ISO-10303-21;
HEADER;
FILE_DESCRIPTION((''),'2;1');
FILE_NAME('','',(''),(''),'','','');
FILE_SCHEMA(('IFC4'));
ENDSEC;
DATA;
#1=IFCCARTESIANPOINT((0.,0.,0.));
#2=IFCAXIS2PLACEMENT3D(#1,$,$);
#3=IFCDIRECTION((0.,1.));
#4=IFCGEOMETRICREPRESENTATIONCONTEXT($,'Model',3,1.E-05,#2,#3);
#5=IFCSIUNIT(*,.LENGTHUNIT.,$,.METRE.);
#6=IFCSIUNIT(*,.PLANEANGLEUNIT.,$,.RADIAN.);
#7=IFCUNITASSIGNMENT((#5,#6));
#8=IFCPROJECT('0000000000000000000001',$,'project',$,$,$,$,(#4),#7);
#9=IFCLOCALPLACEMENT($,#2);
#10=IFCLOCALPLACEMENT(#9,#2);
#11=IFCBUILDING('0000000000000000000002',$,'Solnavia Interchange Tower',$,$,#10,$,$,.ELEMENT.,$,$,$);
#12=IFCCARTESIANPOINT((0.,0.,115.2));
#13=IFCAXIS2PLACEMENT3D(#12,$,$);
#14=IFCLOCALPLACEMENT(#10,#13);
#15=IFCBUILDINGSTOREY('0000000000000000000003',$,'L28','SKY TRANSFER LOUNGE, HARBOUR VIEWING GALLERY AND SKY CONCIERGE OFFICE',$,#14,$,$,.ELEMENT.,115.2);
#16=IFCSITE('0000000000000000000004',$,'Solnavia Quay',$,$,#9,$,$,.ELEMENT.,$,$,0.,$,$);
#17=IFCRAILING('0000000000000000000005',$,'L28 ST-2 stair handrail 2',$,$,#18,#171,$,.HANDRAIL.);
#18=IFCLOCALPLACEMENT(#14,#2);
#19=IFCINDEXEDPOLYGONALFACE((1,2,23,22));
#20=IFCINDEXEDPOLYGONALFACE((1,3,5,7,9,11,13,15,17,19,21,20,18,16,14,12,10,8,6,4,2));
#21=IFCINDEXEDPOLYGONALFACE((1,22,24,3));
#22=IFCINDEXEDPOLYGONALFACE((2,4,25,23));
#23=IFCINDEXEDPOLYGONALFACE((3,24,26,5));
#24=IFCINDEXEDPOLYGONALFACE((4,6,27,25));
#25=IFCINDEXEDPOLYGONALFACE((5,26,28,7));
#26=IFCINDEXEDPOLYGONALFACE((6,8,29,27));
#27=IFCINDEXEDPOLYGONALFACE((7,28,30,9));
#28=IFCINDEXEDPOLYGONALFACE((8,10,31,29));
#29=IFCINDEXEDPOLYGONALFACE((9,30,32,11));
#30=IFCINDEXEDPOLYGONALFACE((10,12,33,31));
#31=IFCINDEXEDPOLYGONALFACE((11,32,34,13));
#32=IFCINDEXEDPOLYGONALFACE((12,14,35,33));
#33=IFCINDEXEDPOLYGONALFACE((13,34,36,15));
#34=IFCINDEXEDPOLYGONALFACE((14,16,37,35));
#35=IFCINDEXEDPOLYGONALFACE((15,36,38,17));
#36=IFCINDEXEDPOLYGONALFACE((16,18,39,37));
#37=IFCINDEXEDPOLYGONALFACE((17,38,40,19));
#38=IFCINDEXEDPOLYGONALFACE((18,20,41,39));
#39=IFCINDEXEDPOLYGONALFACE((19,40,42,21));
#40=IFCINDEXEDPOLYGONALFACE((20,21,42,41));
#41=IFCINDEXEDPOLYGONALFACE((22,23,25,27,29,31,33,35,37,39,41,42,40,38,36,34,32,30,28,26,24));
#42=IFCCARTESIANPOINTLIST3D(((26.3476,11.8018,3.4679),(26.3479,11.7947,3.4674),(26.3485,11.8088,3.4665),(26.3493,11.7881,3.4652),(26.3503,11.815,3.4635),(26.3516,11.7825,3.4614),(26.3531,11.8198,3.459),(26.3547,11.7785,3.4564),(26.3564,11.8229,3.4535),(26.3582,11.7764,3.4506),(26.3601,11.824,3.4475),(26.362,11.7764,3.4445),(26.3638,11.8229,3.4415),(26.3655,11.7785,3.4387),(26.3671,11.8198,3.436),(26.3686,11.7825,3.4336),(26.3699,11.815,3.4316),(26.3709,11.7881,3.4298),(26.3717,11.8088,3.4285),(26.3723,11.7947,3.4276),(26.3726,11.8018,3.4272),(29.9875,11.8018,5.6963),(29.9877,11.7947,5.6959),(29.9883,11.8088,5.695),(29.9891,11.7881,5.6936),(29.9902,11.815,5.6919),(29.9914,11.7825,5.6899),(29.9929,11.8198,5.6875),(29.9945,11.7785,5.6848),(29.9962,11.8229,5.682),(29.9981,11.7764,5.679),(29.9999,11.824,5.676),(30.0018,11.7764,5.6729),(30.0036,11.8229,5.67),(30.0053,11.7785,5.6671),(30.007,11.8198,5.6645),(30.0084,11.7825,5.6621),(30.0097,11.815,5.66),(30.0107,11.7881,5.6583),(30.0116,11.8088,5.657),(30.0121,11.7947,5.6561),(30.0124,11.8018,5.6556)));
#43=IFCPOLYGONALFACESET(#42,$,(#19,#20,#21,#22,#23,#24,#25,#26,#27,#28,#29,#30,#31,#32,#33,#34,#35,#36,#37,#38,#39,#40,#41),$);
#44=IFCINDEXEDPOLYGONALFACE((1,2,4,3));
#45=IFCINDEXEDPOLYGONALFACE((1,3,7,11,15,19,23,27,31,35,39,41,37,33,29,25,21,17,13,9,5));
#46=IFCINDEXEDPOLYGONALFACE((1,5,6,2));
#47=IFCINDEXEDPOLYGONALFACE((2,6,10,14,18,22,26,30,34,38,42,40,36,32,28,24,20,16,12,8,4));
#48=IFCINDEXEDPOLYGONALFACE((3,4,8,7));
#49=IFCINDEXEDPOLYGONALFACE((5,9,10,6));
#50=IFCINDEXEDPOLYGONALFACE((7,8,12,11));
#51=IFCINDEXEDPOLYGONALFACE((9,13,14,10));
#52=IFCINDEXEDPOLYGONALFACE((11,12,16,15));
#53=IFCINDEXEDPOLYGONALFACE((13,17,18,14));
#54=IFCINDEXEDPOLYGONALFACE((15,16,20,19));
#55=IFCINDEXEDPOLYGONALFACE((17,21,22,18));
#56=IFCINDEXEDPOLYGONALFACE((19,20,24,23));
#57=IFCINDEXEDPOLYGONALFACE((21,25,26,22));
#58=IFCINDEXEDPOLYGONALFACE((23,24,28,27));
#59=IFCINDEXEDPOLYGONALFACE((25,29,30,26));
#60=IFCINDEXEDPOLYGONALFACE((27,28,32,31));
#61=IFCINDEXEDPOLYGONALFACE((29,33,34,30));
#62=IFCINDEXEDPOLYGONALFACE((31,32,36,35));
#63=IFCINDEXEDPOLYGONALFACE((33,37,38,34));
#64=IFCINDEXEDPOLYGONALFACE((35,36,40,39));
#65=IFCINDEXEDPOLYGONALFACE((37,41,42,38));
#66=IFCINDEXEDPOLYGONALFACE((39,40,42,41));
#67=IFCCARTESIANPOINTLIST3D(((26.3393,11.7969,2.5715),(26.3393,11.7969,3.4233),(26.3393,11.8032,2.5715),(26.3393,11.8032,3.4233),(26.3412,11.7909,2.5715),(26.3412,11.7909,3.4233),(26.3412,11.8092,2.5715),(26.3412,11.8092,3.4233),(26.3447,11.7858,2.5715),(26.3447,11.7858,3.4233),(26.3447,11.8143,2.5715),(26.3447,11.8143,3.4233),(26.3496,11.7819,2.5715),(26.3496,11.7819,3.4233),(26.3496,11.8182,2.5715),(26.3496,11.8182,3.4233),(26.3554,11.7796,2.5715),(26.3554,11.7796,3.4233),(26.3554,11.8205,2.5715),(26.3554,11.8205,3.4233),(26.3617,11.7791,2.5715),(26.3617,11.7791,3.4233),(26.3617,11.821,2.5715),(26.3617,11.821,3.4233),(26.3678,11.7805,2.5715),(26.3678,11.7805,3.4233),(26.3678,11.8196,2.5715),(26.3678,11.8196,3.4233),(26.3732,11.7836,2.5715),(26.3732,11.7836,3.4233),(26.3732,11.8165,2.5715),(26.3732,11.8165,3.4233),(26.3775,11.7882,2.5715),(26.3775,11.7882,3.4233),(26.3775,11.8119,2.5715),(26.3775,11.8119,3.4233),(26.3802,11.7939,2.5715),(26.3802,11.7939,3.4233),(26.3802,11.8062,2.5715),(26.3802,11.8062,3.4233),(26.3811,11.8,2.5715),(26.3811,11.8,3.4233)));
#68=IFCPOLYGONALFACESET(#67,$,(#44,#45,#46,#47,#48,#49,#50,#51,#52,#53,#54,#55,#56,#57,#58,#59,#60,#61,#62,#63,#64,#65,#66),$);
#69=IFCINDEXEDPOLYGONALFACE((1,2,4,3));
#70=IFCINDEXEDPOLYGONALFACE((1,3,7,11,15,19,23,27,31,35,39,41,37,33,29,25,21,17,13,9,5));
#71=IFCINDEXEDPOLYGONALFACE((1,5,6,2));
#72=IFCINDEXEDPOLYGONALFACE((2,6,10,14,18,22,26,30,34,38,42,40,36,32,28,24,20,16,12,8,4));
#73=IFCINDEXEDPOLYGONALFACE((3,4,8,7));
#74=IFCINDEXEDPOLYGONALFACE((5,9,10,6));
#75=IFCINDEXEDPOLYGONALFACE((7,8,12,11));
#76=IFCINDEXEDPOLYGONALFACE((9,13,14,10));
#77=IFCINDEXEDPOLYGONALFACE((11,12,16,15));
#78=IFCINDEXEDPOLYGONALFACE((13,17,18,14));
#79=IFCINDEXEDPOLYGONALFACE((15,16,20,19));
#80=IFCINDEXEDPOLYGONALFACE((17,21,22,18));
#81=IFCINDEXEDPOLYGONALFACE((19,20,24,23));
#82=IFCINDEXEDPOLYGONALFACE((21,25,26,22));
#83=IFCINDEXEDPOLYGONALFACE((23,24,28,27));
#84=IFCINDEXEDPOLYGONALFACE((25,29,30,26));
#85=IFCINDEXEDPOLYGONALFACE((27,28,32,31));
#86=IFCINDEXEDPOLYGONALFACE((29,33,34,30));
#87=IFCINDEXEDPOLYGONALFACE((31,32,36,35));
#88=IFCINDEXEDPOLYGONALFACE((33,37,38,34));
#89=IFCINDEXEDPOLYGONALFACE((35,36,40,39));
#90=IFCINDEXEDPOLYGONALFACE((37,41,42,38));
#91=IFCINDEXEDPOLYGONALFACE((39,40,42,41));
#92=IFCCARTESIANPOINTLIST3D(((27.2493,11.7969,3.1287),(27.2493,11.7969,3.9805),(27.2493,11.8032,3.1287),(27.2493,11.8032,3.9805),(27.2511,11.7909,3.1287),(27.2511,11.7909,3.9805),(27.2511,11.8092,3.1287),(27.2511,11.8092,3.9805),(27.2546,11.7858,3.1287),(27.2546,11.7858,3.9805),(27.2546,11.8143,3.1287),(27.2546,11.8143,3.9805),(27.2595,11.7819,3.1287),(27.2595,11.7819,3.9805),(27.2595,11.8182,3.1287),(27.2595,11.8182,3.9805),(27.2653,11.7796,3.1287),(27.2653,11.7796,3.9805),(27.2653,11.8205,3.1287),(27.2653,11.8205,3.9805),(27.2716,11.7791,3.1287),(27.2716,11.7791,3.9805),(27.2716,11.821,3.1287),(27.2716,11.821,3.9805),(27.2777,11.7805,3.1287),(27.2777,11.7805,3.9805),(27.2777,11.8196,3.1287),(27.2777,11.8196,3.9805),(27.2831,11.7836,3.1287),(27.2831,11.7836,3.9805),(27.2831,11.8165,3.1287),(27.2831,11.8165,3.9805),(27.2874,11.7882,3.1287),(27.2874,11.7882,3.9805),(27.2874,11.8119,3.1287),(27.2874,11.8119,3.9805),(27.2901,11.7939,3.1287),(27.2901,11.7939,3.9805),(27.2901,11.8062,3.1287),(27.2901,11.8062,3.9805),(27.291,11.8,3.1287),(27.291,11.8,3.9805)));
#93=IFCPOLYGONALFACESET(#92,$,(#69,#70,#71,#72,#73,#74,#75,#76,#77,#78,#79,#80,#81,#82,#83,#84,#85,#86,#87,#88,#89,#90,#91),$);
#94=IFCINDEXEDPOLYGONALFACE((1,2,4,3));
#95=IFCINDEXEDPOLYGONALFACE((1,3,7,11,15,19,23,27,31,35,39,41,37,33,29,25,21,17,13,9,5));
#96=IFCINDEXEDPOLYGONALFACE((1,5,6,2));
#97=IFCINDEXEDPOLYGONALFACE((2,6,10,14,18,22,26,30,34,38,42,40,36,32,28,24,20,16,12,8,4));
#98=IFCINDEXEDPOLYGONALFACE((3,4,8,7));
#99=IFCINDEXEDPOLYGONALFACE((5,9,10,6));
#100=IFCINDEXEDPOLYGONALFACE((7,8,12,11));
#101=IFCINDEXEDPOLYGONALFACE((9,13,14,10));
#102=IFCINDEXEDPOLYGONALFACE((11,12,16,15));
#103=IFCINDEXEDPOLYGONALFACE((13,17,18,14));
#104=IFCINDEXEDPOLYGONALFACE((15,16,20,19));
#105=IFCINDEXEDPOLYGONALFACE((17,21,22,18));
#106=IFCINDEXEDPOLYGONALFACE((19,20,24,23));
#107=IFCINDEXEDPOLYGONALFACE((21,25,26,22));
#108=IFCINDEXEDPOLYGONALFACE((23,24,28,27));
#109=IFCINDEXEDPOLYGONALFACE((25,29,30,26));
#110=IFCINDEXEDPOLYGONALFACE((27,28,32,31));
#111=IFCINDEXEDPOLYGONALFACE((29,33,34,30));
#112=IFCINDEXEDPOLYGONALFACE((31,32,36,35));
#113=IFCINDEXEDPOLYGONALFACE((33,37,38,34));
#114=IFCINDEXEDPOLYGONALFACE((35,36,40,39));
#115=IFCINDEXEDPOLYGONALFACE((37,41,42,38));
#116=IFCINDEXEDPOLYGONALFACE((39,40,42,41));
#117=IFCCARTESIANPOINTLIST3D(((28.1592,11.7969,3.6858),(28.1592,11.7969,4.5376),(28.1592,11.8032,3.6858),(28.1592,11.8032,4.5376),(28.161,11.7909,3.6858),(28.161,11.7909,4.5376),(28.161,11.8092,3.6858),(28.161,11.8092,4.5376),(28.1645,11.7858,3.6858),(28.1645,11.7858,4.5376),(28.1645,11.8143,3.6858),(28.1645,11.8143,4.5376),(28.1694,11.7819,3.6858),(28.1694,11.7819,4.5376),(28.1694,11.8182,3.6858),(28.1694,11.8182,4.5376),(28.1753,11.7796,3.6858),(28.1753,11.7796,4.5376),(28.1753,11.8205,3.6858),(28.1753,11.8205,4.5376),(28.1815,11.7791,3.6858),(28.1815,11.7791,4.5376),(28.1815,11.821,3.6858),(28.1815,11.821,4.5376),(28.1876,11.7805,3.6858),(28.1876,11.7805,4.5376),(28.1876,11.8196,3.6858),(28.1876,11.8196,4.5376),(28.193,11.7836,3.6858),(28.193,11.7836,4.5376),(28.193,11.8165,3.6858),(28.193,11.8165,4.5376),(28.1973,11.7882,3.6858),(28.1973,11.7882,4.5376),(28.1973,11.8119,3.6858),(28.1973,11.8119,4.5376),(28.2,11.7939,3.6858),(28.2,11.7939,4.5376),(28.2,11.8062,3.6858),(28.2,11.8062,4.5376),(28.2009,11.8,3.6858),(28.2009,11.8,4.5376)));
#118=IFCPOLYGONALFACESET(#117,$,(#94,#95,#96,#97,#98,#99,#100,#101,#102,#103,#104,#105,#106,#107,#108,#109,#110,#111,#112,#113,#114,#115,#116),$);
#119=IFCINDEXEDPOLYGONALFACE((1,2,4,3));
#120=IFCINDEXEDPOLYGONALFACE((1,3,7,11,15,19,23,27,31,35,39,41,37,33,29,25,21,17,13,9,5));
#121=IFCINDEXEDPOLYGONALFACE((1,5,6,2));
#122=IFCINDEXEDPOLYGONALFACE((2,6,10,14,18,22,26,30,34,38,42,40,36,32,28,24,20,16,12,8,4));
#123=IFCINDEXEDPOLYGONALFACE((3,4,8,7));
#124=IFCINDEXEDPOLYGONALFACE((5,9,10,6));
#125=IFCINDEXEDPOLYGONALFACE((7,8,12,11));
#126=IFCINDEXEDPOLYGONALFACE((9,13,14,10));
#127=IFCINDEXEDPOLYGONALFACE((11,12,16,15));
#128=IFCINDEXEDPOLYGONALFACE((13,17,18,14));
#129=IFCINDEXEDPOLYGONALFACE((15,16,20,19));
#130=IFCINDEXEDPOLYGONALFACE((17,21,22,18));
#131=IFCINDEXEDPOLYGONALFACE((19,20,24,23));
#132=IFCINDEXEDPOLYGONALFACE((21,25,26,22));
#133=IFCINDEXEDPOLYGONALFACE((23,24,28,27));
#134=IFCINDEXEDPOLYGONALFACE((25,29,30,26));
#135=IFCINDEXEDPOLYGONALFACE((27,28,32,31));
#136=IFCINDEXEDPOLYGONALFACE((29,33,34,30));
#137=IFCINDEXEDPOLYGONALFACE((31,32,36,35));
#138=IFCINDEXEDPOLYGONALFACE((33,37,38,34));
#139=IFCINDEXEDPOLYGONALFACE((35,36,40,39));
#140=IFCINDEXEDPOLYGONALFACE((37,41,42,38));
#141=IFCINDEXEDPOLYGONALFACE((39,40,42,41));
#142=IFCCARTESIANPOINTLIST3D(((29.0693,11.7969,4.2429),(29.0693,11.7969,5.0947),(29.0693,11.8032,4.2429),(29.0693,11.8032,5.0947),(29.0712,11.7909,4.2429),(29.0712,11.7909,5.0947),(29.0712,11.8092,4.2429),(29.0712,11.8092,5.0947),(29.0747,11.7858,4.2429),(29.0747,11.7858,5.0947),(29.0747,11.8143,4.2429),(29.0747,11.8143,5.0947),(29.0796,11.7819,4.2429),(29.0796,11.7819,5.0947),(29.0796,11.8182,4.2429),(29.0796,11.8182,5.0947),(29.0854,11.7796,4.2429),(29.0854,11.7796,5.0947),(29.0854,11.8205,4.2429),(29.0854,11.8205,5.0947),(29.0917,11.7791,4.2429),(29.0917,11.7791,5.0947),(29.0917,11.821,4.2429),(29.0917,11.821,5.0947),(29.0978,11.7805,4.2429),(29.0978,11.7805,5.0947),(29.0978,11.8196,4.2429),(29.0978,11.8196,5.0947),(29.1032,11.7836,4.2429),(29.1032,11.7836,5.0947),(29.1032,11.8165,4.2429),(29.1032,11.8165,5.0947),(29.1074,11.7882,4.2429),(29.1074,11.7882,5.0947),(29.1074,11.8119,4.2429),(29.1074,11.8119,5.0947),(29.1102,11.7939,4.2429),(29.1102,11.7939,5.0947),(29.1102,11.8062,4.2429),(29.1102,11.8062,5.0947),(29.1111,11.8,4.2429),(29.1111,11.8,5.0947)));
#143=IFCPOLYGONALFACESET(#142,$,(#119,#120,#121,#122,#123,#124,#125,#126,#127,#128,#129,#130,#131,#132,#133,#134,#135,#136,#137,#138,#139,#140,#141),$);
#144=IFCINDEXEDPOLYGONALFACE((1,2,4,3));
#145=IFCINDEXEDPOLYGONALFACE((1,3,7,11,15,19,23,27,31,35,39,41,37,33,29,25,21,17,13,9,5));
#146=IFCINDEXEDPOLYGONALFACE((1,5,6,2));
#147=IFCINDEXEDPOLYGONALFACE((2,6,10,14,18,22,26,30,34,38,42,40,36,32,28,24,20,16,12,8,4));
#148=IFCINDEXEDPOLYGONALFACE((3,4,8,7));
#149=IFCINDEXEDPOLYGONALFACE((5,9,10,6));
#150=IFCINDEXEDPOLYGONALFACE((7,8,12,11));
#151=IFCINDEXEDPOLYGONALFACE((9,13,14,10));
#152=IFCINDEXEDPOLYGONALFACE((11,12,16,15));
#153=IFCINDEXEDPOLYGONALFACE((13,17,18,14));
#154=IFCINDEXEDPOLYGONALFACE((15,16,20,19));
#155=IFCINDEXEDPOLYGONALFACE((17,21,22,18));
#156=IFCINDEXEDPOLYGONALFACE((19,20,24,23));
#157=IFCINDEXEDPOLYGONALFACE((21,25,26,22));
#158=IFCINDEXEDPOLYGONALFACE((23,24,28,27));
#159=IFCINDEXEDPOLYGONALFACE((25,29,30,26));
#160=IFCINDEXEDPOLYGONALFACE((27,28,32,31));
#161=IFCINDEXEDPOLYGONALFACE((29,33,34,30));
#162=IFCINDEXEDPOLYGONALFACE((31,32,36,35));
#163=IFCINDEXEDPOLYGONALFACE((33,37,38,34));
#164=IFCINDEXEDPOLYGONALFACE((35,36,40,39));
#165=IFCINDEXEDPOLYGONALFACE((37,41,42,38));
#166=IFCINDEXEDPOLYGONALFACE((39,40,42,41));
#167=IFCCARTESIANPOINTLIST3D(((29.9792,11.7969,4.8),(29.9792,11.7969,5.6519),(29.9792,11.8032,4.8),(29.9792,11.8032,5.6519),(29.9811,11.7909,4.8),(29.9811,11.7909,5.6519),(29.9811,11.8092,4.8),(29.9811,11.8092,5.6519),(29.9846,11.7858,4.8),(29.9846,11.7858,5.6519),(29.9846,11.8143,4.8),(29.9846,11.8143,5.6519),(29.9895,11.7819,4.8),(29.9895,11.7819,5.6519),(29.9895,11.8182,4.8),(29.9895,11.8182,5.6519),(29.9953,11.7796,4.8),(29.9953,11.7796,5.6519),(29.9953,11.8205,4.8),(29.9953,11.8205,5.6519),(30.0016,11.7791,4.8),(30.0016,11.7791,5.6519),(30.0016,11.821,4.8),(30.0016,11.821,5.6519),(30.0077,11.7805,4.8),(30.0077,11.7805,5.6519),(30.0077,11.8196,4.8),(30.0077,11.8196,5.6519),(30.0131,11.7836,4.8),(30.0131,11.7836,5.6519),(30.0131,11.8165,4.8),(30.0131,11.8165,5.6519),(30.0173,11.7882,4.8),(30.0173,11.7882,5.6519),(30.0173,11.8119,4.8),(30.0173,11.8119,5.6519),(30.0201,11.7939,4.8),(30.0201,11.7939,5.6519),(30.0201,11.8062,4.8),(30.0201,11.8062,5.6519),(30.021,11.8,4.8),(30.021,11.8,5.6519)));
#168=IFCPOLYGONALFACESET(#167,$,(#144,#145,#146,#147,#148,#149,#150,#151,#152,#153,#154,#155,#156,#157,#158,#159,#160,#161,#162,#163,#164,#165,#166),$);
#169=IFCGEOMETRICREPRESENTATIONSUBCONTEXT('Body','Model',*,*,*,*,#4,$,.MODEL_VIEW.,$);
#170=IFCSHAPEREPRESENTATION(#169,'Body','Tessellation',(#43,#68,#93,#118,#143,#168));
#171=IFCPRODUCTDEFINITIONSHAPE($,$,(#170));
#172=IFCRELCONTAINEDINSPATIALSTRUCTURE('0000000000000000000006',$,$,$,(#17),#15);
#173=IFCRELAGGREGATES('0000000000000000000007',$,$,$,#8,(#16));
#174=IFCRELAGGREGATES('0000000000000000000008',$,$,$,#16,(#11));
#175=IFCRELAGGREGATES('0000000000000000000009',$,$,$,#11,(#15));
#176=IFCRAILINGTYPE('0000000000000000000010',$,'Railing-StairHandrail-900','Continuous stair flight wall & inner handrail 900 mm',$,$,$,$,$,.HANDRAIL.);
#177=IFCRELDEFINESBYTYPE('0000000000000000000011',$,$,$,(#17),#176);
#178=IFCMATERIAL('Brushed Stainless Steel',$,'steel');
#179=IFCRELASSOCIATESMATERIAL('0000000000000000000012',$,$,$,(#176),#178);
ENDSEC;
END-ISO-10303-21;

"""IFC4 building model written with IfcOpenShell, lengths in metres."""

from ifc_helpers import new_model, si_unit, direction, frame, origin, origin_2d, place, context, subcontext, project, spatial, circle, extrude, material, type_object, element, save


model = new_model("IFC4")

# Units and contexts
model_context = context("Model", 3, precision=1e-05, world=origin(), true_north=direction((0.0, 1.0)))
body_context = subcontext(model_context, "Body", "Model", "MODEL_VIEW")
ifc_project = project(units=[si_unit("LENGTHUNIT", "METRE"), si_unit("PLANEANGLEUNIT", "RADIAN")], contexts=[model_context])

# Site, building, storey
site_placement = place(None, origin())
site = spatial("IfcSite", under=ifc_project, at=site_placement, Name="Solnavia Quay", CompositionType="ELEMENT", RefElevation=0.0)
building_placement = place(site_placement, origin())
building = spatial("IfcBuilding", under=site, at=building_placement, Name="Solnavia Interchange Tower", CompositionType="ELEMENT")
storey_placement = place(building_placement, frame((0.0, 0.0, 115.2)))
storey = spatial("IfcBuildingStorey", under=building, at=storey_placement, Name="L28", Description="SKY TRANSFER LOUNGE, HARBOUR VIEWING GALLERY AND SKY CONCIERGE OFFICE", CompositionType="ELEMENT", Elevation=115.2)

# Railing
ifc_material_1 = material(Name="Brushed Stainless Steel", Category="steel")
railing_type_1 = type_object("IfcRailingType", Name="Railing-StairHandrail-900", Description="Continuous stair flight wall & inner handrail 900 mm", PredefinedType="HANDRAIL", material=ifc_material_1)
railing_1_placement = place(storey_placement, frame((26.3601, 11.8, 2.5715)))
element("IfcRailing", 1, at=railing_1_placement, inside=storey, type_object=railing_type_1, Name="L28 ST-2 stair handrail 2", PredefinedType="HANDRAIL", context=body_context, shape_type="SweptSolid", body=[
    extrude(circle(Radius=0.0239, at=origin_2d()), frame((0.0, 0.0, 0.876), z_axis=(0.85285, 0.0, 0.522156), x_axis=(0.0, 1.0, 0.0)), (0.0, 0.0, 1.0), 4.2678),
    extrude(circle(Radius=0.021, at=origin_2d()), origin(), (0.0, 0.0, 1.0), 0.8518),
    extrude(circle(Radius=0.021, at=origin_2d()), frame((0.9099, 0.0, 0.5571)), (0.0, 0.0, 1.0), 0.8518),
    extrude(circle(Radius=0.021, at=origin_2d()), frame((1.8198, 0.0, 1.1143)), (0.0, 0.0, 1.0), 0.8518),
    extrude(circle(Radius=0.021, at=origin_2d()), frame((2.73, 0.0, 1.6714)), (0.0, 0.0, 1.0), 0.8518),
    extrude(circle(Radius=0.021, at=origin_2d()), frame((3.6399, 0.0, 2.2285)), (0.0, 0.0, 1.0), 0.8518),
])

save(model, "model.ifc")
